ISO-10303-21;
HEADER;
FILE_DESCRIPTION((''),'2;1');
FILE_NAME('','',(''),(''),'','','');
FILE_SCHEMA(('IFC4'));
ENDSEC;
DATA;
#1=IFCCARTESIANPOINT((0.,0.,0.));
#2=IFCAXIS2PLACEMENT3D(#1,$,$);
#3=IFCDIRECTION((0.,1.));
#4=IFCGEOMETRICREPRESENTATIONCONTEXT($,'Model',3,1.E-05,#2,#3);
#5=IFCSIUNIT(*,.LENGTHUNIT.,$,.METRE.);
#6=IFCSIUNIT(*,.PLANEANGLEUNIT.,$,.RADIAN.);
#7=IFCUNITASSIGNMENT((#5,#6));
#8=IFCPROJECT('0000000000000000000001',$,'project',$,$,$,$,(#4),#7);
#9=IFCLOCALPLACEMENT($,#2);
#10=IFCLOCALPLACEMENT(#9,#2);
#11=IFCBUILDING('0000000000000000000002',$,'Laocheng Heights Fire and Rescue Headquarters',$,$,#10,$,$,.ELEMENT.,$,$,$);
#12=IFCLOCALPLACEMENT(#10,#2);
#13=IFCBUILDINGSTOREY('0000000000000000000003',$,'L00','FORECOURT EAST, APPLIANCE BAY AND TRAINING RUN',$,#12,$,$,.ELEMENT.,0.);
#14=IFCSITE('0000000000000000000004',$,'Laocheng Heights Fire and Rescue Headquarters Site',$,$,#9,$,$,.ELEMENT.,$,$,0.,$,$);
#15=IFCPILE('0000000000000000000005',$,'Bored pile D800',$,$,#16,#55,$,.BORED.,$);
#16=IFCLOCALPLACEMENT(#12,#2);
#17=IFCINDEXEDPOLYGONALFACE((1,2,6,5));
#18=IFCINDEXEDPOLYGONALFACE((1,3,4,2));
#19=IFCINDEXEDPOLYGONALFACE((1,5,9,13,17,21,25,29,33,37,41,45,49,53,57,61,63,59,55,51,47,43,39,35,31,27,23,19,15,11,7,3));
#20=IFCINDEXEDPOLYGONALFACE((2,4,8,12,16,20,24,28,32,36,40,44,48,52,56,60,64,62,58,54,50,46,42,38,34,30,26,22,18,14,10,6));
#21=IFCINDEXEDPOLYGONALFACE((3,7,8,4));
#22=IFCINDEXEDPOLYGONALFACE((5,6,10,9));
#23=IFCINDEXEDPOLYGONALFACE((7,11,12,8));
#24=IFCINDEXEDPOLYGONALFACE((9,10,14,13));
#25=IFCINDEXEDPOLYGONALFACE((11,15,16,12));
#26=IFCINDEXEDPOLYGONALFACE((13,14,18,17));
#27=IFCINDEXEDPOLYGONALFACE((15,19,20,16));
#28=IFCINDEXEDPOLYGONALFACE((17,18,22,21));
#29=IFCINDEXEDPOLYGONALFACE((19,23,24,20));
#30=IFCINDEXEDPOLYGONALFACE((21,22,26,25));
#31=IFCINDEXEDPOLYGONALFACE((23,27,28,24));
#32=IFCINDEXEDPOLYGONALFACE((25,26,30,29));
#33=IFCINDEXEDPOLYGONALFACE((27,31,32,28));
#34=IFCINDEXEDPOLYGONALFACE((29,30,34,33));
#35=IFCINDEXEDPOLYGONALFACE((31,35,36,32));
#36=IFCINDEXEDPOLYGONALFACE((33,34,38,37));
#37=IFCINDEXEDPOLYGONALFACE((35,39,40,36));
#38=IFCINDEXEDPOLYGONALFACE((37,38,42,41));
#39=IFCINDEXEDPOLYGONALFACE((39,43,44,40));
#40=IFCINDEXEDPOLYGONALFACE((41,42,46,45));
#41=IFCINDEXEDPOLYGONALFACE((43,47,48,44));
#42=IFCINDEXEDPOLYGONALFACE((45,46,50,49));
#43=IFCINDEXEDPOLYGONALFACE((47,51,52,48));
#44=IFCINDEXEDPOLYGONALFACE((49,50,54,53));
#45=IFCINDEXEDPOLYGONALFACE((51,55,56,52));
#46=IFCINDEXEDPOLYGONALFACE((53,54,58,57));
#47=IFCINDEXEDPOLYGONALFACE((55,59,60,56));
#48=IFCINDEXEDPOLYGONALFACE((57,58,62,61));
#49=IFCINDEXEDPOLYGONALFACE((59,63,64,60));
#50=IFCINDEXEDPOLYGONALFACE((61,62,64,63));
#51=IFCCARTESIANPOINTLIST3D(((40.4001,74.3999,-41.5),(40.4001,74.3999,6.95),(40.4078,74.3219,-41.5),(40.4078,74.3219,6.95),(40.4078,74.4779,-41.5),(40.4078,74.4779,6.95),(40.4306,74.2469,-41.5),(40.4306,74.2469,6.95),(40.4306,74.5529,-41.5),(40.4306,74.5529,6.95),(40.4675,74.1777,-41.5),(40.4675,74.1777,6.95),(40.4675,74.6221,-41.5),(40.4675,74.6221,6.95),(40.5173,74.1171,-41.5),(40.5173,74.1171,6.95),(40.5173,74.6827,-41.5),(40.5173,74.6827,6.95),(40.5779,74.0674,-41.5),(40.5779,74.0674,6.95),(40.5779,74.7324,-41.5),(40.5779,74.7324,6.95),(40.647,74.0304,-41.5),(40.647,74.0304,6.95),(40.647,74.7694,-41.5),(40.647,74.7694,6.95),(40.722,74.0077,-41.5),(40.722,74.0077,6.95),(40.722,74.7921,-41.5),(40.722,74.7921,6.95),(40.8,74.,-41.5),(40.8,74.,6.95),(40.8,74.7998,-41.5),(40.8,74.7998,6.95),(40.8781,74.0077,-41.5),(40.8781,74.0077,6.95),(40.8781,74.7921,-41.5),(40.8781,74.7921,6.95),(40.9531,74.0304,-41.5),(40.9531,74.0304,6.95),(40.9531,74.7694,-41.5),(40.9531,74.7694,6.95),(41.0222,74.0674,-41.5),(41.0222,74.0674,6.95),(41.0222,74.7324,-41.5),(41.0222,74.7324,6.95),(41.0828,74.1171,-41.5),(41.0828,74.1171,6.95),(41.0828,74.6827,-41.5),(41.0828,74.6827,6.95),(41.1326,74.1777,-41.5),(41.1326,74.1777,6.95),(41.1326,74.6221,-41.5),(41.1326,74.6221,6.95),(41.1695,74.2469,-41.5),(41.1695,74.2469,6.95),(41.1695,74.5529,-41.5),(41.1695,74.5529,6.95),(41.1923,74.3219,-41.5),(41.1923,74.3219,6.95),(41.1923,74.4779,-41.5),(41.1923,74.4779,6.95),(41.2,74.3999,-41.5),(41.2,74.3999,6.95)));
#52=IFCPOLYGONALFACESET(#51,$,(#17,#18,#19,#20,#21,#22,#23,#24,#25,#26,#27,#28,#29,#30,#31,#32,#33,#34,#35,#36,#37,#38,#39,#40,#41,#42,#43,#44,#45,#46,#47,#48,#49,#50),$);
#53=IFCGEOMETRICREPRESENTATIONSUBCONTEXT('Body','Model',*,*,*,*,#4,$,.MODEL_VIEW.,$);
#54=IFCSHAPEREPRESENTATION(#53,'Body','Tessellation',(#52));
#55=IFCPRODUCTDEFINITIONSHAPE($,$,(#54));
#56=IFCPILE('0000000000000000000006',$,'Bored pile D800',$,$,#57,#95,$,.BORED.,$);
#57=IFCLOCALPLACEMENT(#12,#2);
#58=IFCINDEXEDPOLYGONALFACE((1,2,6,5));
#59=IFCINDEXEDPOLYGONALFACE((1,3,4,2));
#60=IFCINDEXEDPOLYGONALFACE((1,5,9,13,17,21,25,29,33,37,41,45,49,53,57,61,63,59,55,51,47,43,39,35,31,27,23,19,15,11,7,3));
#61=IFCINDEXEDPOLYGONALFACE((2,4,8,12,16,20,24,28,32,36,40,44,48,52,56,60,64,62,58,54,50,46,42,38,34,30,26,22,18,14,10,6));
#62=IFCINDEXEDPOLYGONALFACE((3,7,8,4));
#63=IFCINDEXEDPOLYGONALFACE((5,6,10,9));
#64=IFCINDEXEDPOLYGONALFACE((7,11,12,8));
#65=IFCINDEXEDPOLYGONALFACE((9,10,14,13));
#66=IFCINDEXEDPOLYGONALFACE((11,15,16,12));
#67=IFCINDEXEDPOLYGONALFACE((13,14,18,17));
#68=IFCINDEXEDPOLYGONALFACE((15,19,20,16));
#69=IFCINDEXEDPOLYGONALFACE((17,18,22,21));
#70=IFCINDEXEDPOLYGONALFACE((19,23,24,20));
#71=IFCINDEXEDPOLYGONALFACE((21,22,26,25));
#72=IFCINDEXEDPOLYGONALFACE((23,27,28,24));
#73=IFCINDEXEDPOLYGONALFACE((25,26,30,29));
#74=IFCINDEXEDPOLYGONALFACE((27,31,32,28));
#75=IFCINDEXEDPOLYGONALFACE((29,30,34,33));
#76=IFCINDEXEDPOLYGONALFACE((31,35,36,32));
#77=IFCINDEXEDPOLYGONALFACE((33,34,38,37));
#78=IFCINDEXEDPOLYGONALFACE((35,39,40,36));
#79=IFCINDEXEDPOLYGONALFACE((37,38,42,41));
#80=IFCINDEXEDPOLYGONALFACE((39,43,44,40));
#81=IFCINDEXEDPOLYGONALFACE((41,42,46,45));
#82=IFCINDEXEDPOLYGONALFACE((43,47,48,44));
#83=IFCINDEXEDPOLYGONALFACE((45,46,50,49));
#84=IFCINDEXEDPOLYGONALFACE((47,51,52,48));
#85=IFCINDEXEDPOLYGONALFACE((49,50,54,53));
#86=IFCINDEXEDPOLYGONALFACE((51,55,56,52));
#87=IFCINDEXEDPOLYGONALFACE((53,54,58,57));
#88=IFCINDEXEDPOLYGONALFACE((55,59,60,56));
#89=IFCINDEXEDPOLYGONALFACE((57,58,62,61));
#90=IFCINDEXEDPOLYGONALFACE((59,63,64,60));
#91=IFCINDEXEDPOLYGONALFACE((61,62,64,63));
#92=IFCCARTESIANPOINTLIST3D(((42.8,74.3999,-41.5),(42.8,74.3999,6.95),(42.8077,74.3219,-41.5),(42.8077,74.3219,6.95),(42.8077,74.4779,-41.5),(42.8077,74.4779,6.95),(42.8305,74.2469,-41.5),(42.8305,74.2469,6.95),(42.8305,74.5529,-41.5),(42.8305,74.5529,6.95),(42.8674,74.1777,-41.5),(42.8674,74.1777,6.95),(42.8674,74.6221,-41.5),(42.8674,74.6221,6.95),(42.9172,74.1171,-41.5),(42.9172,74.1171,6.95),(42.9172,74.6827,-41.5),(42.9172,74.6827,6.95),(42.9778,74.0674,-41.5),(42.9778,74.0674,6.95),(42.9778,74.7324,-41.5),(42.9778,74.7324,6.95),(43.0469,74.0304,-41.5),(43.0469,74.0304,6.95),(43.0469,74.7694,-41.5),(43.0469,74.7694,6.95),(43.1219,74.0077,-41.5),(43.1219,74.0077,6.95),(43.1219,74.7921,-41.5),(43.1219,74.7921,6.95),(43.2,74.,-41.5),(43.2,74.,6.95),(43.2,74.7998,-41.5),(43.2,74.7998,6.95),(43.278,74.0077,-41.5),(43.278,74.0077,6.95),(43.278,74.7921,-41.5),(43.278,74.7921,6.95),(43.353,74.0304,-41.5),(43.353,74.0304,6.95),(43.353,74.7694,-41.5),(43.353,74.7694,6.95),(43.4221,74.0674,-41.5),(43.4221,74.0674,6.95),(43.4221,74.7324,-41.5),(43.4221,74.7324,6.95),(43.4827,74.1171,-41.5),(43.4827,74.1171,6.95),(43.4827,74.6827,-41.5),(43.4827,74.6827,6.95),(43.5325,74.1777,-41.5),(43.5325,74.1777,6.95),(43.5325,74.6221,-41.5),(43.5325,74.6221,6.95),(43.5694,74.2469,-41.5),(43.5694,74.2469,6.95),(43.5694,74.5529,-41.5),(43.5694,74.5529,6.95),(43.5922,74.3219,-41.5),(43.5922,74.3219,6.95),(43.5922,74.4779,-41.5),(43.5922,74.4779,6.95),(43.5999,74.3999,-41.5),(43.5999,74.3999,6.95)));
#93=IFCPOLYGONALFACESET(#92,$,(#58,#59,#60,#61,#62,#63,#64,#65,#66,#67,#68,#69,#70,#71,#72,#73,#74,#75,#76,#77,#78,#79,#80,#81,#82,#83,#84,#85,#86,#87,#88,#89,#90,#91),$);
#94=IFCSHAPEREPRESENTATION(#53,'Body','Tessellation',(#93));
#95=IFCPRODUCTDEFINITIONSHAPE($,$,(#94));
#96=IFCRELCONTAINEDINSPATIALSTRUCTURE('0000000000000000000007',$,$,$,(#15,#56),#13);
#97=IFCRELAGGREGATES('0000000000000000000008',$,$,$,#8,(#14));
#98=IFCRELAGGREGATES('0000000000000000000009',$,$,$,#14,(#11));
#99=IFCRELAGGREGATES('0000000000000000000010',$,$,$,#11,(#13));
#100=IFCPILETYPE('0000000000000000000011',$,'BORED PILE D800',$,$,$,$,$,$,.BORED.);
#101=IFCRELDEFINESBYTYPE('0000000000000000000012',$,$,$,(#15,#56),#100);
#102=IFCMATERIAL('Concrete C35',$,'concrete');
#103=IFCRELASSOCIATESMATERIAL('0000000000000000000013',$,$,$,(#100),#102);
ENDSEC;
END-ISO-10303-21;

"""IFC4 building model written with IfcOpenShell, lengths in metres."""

from ifc_helpers import new_model, si_unit, direction, frame, origin, origin_2d, place, context, subcontext, project, spatial, circle, extrude, material, material_profile, profile_set, type_object, element, save


model = new_model("IFC4")

# Units and contexts
model_context = context("Model", 3, precision=1e-05, world=origin(), true_north=direction((0.0, 1.0)))
body_context = subcontext(model_context, "Body", "Model", "MODEL_VIEW")
ifc_project = project(units=[si_unit("LENGTHUNIT", "METRE"), si_unit("PLANEANGLEUNIT", "RADIAN")], contexts=[model_context])

# Site, building, storey
site_placement = place(None, origin())
site = spatial("IfcSite", under=ifc_project, at=site_placement, Name="Laocheng Heights Fire and Rescue Headquarters Site", CompositionType="ELEMENT", RefElevation=0.0)
building_placement = place(site_placement, origin())
building = spatial("IfcBuilding", under=site, at=building_placement, Name="Laocheng Heights Fire and Rescue Headquarters", CompositionType="ELEMENT")
storey_placement = place(building_placement, origin())
storey = spatial("IfcBuildingStorey", under=building, at=storey_placement, Name="L00", Description="FORECOURT EAST, APPLIANCE BAY AND TRAINING RUN", CompositionType="ELEMENT", Elevation=0.0)

# Piles
ifc_material_1 = material(Name="Concrete C35", Category="concrete")
ifc_material_profile_1 = material_profile(ifc_material_1, circle(Radius=0.3999, at=origin_2d()), Name="BORED PILE D800")
ifc_profile_set_1 = profile_set([ifc_material_profile_1], Name="Concrete C35")
pile_type_1 = type_object("IfcPileType", Name="BORED PILE D800", PredefinedType="BORED", material=ifc_profile_set_1)
for number, where, z_axis, x_axis, name in (
    (1, (40.8, 74.3999, 6.95), (0.0, 0.0, -1.0), (1.0, 0.0, 0.0), "Bored pile D800"),
    (2, (43.2, 74.3999, 6.95), (0.0, 0.0, -1.0), (1.0, 0.0, 0.0), "Bored pile D800"),
):
    element("IfcPile", number, at=place(storey_placement, frame(where, z_axis=z_axis, x_axis=x_axis)), inside=storey, type_object=pile_type_1, Name=name, PredefinedType="BORED", context=body_context, shape_type="SweptSolid", body=[
        extrude(circle(Radius=0.3999, at=origin_2d()), origin(), (0.0, 0.0, 1.0), 48.45),
    ])

save(model, "model.ifc")
